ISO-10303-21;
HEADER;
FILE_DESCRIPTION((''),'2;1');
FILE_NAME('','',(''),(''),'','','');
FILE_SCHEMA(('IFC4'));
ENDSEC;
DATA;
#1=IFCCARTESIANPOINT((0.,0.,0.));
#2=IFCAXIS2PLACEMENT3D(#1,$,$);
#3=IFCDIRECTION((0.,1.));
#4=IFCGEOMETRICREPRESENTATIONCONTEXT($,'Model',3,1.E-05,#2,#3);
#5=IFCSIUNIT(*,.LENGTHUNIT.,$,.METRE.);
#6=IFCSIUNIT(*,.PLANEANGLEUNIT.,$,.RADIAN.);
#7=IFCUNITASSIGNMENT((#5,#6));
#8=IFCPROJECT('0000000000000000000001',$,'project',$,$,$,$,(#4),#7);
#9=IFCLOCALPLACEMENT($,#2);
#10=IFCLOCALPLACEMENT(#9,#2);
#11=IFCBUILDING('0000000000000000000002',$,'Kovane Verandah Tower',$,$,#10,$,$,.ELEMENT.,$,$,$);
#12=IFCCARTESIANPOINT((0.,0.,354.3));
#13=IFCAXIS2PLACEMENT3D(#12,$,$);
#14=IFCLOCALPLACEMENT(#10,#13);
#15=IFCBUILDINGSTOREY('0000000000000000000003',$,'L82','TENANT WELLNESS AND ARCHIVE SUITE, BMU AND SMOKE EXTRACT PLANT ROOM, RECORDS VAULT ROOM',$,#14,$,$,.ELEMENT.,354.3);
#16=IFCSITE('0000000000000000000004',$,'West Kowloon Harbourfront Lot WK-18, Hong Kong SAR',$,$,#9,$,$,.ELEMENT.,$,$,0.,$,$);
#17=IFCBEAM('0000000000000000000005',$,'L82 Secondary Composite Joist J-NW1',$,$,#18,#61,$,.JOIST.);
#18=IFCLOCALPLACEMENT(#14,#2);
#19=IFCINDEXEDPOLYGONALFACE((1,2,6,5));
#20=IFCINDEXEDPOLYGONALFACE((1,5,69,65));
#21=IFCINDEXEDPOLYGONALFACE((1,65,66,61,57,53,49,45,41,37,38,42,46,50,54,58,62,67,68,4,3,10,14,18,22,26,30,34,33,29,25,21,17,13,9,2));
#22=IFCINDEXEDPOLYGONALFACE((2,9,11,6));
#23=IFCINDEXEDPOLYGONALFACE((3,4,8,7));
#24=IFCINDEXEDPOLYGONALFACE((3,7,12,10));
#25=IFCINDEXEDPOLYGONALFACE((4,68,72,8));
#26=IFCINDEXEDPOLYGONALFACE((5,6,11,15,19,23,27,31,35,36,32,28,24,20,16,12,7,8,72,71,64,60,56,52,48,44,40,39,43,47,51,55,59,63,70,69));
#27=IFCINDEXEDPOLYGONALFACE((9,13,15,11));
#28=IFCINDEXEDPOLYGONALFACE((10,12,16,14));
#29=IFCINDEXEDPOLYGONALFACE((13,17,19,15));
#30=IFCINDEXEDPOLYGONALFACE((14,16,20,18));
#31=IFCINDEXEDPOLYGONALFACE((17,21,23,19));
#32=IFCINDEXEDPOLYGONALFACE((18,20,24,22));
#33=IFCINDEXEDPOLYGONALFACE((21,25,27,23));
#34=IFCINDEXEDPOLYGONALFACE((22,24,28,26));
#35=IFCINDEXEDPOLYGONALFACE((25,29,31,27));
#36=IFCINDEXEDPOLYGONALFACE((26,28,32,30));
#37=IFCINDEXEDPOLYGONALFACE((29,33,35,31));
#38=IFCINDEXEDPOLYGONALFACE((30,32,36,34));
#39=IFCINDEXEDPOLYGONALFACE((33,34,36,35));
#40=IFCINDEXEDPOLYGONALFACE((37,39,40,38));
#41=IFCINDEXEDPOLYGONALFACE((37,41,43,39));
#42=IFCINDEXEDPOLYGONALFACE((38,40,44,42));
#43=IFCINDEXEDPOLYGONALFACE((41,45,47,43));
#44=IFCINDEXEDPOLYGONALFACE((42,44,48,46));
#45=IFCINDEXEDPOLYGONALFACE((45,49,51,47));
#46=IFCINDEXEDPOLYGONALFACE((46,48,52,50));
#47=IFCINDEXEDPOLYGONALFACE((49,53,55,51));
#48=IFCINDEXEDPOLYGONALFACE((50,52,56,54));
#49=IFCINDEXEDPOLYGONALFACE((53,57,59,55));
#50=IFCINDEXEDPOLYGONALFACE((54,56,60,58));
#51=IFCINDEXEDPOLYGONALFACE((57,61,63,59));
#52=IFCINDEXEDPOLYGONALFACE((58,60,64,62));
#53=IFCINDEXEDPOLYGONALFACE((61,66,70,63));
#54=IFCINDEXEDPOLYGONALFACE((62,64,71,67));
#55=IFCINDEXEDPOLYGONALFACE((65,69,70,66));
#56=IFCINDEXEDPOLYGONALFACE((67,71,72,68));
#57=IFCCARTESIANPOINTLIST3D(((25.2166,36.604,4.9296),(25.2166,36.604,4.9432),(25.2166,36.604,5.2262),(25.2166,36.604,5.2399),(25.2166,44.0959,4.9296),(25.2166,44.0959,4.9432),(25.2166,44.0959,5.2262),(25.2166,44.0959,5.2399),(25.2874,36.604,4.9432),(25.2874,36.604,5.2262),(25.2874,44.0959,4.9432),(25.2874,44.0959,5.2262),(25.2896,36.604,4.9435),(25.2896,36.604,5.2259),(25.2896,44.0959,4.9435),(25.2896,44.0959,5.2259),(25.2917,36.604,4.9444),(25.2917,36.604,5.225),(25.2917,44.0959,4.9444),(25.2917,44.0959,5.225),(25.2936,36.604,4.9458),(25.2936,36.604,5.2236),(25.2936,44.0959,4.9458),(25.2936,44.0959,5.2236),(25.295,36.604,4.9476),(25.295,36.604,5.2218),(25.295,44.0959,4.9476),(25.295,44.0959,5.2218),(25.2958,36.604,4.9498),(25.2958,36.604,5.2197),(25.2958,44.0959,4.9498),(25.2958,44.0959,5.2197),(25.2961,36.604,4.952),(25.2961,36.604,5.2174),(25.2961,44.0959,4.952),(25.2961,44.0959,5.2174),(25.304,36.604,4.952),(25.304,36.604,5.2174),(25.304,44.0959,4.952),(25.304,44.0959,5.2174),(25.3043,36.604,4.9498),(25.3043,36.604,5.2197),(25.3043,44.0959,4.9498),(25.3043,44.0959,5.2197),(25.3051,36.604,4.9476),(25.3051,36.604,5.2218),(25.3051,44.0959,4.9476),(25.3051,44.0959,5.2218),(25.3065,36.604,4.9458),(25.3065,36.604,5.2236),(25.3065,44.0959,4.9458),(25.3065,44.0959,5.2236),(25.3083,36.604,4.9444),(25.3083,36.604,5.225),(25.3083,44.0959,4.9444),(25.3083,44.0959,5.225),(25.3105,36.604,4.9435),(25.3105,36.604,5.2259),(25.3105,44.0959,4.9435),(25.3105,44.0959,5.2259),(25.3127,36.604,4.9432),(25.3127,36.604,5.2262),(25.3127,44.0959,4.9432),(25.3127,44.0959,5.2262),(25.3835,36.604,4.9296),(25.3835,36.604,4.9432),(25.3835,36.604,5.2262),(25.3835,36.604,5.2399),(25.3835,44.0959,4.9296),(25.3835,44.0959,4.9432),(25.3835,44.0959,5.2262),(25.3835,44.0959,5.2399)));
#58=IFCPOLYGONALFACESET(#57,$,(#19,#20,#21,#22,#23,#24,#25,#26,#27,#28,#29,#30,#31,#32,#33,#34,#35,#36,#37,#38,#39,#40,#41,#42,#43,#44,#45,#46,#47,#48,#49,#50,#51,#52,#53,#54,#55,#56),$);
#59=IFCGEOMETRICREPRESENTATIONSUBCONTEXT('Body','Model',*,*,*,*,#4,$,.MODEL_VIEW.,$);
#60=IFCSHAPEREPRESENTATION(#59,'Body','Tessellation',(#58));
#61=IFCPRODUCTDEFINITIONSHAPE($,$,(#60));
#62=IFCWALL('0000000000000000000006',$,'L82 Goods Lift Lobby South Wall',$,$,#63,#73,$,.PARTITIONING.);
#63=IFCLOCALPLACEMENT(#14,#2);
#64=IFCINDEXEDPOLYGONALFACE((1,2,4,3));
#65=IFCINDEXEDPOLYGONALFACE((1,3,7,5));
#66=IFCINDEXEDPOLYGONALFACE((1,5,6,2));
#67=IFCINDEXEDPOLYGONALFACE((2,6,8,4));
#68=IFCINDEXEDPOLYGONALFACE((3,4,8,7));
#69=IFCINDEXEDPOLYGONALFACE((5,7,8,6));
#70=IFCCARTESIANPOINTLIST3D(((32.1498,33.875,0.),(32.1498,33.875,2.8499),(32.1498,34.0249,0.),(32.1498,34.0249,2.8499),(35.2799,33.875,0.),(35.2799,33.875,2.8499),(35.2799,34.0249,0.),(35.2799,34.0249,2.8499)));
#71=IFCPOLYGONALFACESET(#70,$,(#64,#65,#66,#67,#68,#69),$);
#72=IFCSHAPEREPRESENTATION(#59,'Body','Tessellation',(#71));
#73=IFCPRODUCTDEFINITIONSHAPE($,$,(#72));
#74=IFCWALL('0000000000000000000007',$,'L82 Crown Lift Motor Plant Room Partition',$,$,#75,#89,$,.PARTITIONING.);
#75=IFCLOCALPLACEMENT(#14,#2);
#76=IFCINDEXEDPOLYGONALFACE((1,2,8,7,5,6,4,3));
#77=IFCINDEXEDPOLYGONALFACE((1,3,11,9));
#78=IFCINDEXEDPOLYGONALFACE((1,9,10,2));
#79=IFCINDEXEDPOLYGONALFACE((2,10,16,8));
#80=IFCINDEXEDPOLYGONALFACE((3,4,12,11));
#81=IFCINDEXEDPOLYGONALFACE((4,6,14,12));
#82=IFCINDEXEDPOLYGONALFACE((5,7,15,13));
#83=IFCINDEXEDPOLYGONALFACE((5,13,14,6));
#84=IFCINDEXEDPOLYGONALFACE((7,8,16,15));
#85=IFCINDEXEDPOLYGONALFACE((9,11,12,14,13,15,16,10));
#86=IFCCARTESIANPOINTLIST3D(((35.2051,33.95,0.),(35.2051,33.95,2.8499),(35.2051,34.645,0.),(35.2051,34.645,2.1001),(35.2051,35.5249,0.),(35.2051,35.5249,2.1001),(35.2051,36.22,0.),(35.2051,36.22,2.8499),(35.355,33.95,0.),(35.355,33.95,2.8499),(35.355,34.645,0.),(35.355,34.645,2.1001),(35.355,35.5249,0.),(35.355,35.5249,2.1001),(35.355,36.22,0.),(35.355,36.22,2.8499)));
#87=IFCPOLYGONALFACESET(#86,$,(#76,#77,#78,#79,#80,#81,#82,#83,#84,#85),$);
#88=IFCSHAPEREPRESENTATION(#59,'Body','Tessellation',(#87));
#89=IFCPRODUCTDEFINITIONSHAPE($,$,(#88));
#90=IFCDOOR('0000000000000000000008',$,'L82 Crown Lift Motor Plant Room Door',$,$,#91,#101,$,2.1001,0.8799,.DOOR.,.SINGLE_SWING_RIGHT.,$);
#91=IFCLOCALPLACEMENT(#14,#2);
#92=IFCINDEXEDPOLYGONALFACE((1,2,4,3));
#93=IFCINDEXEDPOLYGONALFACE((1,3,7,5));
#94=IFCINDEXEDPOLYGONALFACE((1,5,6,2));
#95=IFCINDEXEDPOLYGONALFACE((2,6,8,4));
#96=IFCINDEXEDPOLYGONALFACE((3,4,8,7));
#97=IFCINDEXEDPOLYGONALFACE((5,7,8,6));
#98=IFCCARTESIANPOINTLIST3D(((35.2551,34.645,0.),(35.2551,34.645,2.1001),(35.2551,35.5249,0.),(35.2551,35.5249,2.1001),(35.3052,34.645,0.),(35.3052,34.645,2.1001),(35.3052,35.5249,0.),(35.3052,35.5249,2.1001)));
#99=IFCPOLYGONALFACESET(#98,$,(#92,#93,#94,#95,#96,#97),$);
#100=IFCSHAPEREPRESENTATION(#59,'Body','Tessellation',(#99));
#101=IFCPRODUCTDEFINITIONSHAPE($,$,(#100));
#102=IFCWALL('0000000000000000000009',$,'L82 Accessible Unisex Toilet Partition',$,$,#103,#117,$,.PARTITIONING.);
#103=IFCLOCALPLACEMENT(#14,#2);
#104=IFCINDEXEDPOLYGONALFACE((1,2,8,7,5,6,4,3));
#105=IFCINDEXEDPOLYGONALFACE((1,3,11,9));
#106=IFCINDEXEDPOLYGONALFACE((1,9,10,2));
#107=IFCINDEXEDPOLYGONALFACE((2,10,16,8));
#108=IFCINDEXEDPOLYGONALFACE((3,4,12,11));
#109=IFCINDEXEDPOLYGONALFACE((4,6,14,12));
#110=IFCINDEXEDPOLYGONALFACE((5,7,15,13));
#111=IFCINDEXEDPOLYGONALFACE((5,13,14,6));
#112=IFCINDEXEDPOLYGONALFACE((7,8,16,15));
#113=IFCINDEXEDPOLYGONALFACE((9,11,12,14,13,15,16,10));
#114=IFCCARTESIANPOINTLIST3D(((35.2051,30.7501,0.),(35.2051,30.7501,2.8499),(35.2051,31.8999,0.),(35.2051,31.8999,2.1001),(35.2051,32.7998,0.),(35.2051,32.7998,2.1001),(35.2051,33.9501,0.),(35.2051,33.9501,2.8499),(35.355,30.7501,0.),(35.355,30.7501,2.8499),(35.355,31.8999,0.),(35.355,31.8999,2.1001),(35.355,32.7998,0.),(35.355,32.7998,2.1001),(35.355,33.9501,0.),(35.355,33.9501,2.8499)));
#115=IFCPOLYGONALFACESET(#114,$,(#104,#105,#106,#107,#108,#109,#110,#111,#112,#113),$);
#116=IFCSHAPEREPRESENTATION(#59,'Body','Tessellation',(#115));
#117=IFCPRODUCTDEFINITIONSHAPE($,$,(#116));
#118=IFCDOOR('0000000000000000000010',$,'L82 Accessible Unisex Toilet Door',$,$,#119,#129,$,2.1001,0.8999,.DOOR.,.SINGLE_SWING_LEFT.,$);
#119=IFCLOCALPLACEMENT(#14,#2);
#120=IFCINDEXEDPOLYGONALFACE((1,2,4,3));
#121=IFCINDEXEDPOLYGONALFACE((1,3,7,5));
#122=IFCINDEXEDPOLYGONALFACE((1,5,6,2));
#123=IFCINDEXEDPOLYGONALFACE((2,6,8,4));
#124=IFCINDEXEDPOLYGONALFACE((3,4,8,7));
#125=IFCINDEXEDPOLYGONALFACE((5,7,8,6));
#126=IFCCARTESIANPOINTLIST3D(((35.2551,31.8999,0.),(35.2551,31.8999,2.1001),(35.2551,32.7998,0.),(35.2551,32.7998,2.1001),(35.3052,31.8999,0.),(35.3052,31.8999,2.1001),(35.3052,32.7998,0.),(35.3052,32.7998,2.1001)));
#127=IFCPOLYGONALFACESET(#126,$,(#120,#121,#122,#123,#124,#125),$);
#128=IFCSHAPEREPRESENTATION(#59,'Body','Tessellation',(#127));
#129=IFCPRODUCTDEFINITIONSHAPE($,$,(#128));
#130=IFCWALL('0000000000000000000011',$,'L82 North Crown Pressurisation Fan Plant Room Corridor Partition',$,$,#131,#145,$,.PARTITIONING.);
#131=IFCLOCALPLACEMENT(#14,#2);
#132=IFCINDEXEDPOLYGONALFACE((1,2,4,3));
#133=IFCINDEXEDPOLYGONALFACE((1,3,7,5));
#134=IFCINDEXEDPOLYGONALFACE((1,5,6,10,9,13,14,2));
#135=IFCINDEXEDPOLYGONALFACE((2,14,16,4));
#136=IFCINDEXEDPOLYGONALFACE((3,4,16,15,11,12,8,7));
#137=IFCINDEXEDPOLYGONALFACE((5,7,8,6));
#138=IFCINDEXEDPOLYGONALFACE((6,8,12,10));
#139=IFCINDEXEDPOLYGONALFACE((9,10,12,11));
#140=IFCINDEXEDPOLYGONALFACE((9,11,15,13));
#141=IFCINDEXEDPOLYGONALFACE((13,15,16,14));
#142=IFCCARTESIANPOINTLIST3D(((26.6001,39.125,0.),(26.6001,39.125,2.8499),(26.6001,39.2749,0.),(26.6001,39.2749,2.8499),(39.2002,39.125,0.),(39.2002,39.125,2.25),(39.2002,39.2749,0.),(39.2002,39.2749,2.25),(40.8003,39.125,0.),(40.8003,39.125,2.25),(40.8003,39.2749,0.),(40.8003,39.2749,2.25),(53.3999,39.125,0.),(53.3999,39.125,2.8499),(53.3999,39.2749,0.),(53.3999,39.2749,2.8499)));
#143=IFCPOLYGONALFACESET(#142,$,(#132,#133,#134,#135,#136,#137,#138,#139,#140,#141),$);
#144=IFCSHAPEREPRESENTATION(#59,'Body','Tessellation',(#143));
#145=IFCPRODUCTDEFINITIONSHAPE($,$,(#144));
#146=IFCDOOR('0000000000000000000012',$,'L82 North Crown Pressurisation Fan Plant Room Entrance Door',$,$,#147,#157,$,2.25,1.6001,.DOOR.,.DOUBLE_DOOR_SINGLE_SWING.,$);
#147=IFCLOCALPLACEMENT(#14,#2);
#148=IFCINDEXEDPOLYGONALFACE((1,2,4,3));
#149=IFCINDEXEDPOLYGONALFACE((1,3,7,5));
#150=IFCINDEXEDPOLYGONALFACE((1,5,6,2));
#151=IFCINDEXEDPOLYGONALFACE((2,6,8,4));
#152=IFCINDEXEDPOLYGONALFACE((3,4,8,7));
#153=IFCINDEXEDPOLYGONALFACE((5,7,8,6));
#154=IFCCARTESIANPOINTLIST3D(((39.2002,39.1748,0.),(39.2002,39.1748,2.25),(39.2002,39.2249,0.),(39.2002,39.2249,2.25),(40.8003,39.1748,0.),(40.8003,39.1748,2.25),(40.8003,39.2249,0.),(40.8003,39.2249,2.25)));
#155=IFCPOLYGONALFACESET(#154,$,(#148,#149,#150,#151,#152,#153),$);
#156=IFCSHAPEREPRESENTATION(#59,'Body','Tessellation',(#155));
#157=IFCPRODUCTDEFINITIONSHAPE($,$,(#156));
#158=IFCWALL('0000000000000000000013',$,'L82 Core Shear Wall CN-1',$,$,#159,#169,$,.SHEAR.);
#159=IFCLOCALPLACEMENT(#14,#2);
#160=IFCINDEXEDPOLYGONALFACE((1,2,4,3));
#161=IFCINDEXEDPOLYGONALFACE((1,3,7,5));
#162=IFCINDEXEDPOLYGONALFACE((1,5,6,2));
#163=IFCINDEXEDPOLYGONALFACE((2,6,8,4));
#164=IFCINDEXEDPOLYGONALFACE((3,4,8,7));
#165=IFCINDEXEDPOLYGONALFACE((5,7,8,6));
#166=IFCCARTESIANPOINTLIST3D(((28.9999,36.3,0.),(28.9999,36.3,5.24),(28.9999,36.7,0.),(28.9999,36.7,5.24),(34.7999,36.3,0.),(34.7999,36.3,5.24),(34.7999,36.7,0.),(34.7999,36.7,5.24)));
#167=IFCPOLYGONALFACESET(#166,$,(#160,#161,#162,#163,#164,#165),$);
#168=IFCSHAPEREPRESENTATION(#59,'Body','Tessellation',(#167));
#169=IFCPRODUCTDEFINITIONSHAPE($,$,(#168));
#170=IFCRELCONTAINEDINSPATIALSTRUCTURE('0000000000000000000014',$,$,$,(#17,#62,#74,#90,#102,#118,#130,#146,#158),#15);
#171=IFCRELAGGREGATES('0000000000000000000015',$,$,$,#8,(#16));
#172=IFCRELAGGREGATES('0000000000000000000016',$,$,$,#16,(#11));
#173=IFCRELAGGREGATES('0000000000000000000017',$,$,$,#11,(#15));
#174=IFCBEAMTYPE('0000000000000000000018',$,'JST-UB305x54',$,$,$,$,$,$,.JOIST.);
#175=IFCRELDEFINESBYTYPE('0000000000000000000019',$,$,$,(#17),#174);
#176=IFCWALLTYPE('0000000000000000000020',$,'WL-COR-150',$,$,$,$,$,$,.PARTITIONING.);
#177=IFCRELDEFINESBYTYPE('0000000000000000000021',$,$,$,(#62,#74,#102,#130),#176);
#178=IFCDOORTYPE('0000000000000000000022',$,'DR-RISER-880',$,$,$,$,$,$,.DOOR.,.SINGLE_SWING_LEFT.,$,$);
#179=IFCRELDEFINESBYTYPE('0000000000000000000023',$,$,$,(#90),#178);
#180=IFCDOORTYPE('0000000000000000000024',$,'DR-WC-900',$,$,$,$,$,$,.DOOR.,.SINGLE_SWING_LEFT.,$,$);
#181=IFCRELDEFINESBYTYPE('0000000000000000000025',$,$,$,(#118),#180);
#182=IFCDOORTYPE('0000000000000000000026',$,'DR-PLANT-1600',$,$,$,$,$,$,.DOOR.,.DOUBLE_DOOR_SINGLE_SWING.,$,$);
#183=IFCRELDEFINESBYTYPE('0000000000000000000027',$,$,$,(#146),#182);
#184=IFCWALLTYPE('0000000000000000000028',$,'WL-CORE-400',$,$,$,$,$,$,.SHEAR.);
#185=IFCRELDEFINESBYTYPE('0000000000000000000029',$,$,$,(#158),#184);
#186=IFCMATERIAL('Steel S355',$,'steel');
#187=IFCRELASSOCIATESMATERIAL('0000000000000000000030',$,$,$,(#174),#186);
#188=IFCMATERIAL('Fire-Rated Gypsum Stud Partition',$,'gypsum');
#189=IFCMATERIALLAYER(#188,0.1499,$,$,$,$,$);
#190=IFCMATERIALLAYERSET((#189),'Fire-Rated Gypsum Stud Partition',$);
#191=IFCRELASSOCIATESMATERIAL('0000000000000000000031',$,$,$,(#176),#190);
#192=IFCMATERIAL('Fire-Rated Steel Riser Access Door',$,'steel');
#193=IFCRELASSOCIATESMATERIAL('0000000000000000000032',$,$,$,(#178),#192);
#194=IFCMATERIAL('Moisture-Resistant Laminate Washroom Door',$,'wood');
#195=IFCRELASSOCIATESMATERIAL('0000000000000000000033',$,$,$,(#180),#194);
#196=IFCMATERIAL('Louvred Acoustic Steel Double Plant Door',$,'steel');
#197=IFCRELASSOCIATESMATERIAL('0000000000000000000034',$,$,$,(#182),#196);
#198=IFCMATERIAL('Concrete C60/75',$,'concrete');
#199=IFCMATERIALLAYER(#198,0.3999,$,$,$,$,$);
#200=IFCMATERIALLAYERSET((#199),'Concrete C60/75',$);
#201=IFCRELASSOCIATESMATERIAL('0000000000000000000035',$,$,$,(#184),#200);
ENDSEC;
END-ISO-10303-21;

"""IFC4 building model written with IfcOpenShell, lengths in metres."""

from ifc_helpers import new_model, si_unit, direction, frame, frame_2d, origin, origin_2d, place, context, subcontext, project, spatial, rectangle, i_section, extrude, material, layer, layer_set, material_profile, profile_set, type_object, element, fill, save


model = new_model("IFC4")

# Units and contexts
model_context = context("Model", 3, precision=1e-05, world=origin(), true_north=direction((0.0, 1.0)))
body_context = subcontext(model_context, "Body", "Model", "MODEL_VIEW")
ifc_project = project(units=[si_unit("LENGTHUNIT", "METRE"), si_unit("PLANEANGLEUNIT", "RADIAN")], contexts=[model_context])

# Site, building, storey
site_placement = place(None, origin())
site = spatial("IfcSite", under=ifc_project, at=site_placement, Name="West Kowloon Harbourfront Lot WK-18, Hong Kong SAR", CompositionType="ELEMENT", RefElevation=0.0)
building_placement = place(site_placement, origin())
building = spatial("IfcBuilding", under=site, at=building_placement, Name="Kovane Verandah Tower", CompositionType="ELEMENT")
storey_placement = place(building_placement, frame((0.0, 0.0, 354.3)))
storey = spatial("IfcBuildingStorey", under=building, at=storey_placement, Name="L82", Description="TENANT WELLNESS AND ARCHIVE SUITE, BMU AND SMOKE EXTRACT PLANT ROOM, RECORDS VAULT ROOM", CompositionType="ELEMENT", Elevation=354.3)

# Shared definitions
ifc_material_1 = material(Name="Concrete C60/75", Category="concrete")

# Shared definitions
ifc_material_2 = material(Name="Steel S355", Category="steel")

# Beam
ifc_material_profile_1 = material_profile(ifc_material_2, i_section(OverallWidth=0.167, OverallDepth=0.3103, WebThickness=0.0078, FlangeThickness=0.0137, FilletRadius=0.0088, at=origin_2d()), Name="UB305x165x54")
ifc_profile_set_1 = profile_set([ifc_material_profile_1], Name="Steel S355")
beam_type_1 = type_object("IfcBeamType", Name="JST-UB305x54", PredefinedType="JOIST", material=ifc_profile_set_1)
beam_1_placement = place(storey_placement, frame((25.3, 36.604, 5.0847), z_axis=(0.0, 1.0, 0.0), x_axis=(-1.0, 0.0, 0.0)))
element("IfcBeam", 1, at=beam_1_placement, inside=storey, type_object=beam_type_1, Name="L82 Secondary Composite Joist J-NW1", PredefinedType="JOIST", context=body_context, shape_type="SweptSolid", body=[
    extrude(i_section(OverallWidth=0.167, OverallDepth=0.3103, WebThickness=0.0078, FlangeThickness=0.0137, FilletRadius=0.0088, at=origin_2d()), origin(), (0.0, 0.0, 1.0), 7.4919),
])

# Wall
ifc_material_3 = material(Name="Fire-Rated Gypsum Stud Partition", Category="gypsum")
ifc_layer_1 = layer(ifc_material_3, 0.1499)
ifc_layer_set_1 = layer_set([ifc_layer_1], Name="Fire-Rated Gypsum Stud Partition")
wall_type_1 = type_object("IfcWallType", Name="WL-COR-150", PredefinedType="PARTITIONING", material=ifc_layer_set_1)
wall_1_placement = place(storey_placement, frame((32.1499, 33.95, 0.0), z_axis=(0.0, 0.0, 1.0), x_axis=(1.0, 0.0, 0.0)))
element("IfcWall", 2, at=wall_1_placement, inside=storey, type_object=wall_type_1, Name="L82 Goods Lift Lobby South Wall", PredefinedType="PARTITIONING", context=body_context, shape_type="SweptSolid", body=[
    extrude(rectangle(XDim=3.1301, YDim=0.1499, at=frame_2d((1.5649, 0.0))), origin(), (0.0, 0.0, 1.0), 2.8499),
])

# Walls, openings, doors
wall_2_placement = place(storey_placement, frame((35.28, 33.95, 0.0), z_axis=(0.0, 0.0, 1.0), x_axis=(0.0, 1.0, 0.0)))
wall_2 = element("IfcWall", 3, at=wall_2_placement, inside=storey, type_object=wall_type_1, Name="L82 Crown Lift Motor Plant Room Partition", PredefinedType="PARTITIONING", context=body_context, shape_type="SweptSolid", body=[
    extrude(rectangle(XDim=2.27, YDim=0.1499, at=frame_2d((1.135, 0.0))), origin(), (0.0, 0.0, 1.0), 2.8499),
])
opening_1_placement = place(wall_2_placement, frame((0.6951, 0.0, 0.0)))
opening_1 = element("IfcOpeningElement", 4, at=opening_1_placement, cuts=wall_2, PredefinedType="OPENING", context=body_context, shape_type="SweptSolid", body=[
    extrude(rectangle(XDim=0.8799, YDim=2.1001, at=frame_2d((0.4399, 1.05))), frame((0.0, 0.075, 0.0), z_axis=(0.0, -1.0, 0.0), x_axis=(1.0, 0.0, 0.0)), (0.0, 0.0, 1.0), 0.1499),
])
ifc_material_4 = material(Name="Fire-Rated Steel Riser Access Door", Category="steel")
door_type_1 = type_object("IfcDoorType", Name="DR-RISER-880", OperationType="SINGLE_SWING_LEFT", PredefinedType="DOOR", material=ifc_material_4)
door_1_placement = place(opening_1_placement, origin())
door_1 = element("IfcDoor", 5, at=door_1_placement, inside=storey, type_object=door_type_1, Name="L82 Crown Lift Motor Plant Room Door", OperationType="SINGLE_SWING_RIGHT", OverallHeight=2.1001, OverallWidth=0.8799, PredefinedType="DOOR", context=body_context, shape_type="SweptSolid", body=[
    extrude(rectangle(XDim=0.8799, YDim=2.1001, at=frame_2d((0.4399, 1.05))), frame((0.0, 0.0249, 0.0), z_axis=(0.0, -1.0, 0.0), x_axis=(1.0, 0.0, 0.0)), (0.0, 0.0, 1.0), 0.05),
])
fill(opening_1, door_1)
wall_3_placement = place(storey_placement, frame((35.28, 30.75, 0.0), z_axis=(0.0, 0.0, 1.0), x_axis=(0.0, 1.0, 0.0)))
wall_3 = element("IfcWall", 6, at=wall_3_placement, inside=storey, type_object=wall_type_1, Name="L82 Accessible Unisex Toilet Partition", PredefinedType="PARTITIONING", context=body_context, shape_type="SweptSolid", body=[
    extrude(rectangle(XDim=3.2, YDim=0.1499, at=frame_2d((1.6001, 0.0))), origin(), (0.0, 0.0, 1.0), 2.8499),
])
opening_2_placement = place(wall_3_placement, frame((1.1499, 0.0, 0.0)))
opening_2 = element("IfcOpeningElement", 7, at=opening_2_placement, cuts=wall_3, PredefinedType="OPENING", context=body_context, shape_type="SweptSolid", body=[
    extrude(rectangle(XDim=0.8999, YDim=2.1001, at=frame_2d((0.45, 1.05))), frame((0.0, 0.075, 0.0), z_axis=(0.0, -1.0, 0.0), x_axis=(1.0, 0.0, 0.0)), (0.0, 0.0, 1.0), 0.1499),
])
ifc_material_5 = material(Name="Moisture-Resistant Laminate Washroom Door", Category="wood")
door_type_2 = type_object("IfcDoorType", Name="DR-WC-900", OperationType="SINGLE_SWING_LEFT", PredefinedType="DOOR", material=ifc_material_5)
door_2_placement = place(opening_2_placement, origin())
door_2 = element("IfcDoor", 8, at=door_2_placement, inside=storey, type_object=door_type_2, Name="L82 Accessible Unisex Toilet Door", OperationType="SINGLE_SWING_LEFT", OverallHeight=2.1001, OverallWidth=0.8999, PredefinedType="DOOR", context=body_context, shape_type="SweptSolid", body=[
    extrude(rectangle(XDim=0.8999, YDim=2.1001, at=frame_2d((0.45, 1.05))), frame((0.0, 0.0249, 0.0), z_axis=(0.0, -1.0, 0.0), x_axis=(1.0, 0.0, 0.0)), (0.0, 0.0, 1.0), 0.05),
])
fill(opening_2, door_2)
wall_4_placement = place(storey_placement, frame((26.6001, 39.2, 0.0), z_axis=(0.0, 0.0, 1.0), x_axis=(1.0, 0.0, 0.0)))
wall_4 = element("IfcWall", 9, at=wall_4_placement, inside=storey, type_object=wall_type_1, Name="L82 North Crown Pressurisation Fan Plant Room Corridor Partition", PredefinedType="PARTITIONING", context=body_context, shape_type="SweptSolid", body=[
    extrude(rectangle(XDim=26.7998, YDim=0.1499, at=frame_2d((13.3999, 0.0))), origin(), (0.0, 0.0, 1.0), 2.8499),
])
opening_3_placement = place(wall_4_placement, frame((12.6001, 0.0, 0.0)))
opening_3 = element("IfcOpeningElement", 10, at=opening_3_placement, cuts=wall_4, PredefinedType="OPENING", context=body_context, shape_type="SweptSolid", body=[
    extrude(rectangle(XDim=1.6001, YDim=2.25, at=frame_2d((0.8, 1.125))), frame((0.0, 0.075, 0.0), z_axis=(0.0, -1.0, 0.0), x_axis=(1.0, 0.0, 0.0)), (0.0, 0.0, 1.0), 0.1499),
])
ifc_material_6 = material(Name="Louvred Acoustic Steel Double Plant Door", Category="steel")
door_type_3 = type_object("IfcDoorType", Name="DR-PLANT-1600", OperationType="DOUBLE_DOOR_SINGLE_SWING", PredefinedType="DOOR", material=ifc_material_6)
door_3_placement = place(opening_3_placement, origin())
door_3 = element("IfcDoor", 11, at=door_3_placement, inside=storey, type_object=door_type_3, Name="L82 North Crown Pressurisation Fan Plant Room Entrance Door", OperationType="DOUBLE_DOOR_SINGLE_SWING", OverallHeight=2.25, OverallWidth=1.6001, PredefinedType="DOOR", context=body_context, shape_type="SweptSolid", body=[
    extrude(rectangle(XDim=1.6001, YDim=2.25, at=frame_2d((0.8, 1.125))), frame((0.0, 0.0249, 0.0), z_axis=(0.0, -1.0, 0.0), x_axis=(1.0, 0.0, 0.0)), (0.0, 0.0, 1.0), 0.05),
])
fill(opening_3, door_3)

# Wall
ifc_layer_2 = layer(ifc_material_1, 0.3999)
ifc_layer_set_2 = layer_set([ifc_layer_2], Name="Concrete C60/75")
wall_type_2 = type_object("IfcWallType", Name="WL-CORE-400", PredefinedType="SHEAR", material=ifc_layer_set_2)
wall_5_placement = place(storey_placement, frame((29.0, 36.5, 0.0), z_axis=(0.0, 0.0, 1.0), x_axis=(1.0, 0.0, 0.0)))
element("IfcWall", 12, at=wall_5_placement, inside=storey, type_object=wall_type_2, Name="L82 Core Shear Wall CN-1", PredefinedType="SHEAR", context=body_context, shape_type="SweptSolid", body=[
    extrude(rectangle(XDim=5.8, YDim=0.3999, at=frame_2d((2.8999, 0.0))), origin(), (0.0, 0.0, 1.0), 5.24),
])

save(model, "model.ifc")
